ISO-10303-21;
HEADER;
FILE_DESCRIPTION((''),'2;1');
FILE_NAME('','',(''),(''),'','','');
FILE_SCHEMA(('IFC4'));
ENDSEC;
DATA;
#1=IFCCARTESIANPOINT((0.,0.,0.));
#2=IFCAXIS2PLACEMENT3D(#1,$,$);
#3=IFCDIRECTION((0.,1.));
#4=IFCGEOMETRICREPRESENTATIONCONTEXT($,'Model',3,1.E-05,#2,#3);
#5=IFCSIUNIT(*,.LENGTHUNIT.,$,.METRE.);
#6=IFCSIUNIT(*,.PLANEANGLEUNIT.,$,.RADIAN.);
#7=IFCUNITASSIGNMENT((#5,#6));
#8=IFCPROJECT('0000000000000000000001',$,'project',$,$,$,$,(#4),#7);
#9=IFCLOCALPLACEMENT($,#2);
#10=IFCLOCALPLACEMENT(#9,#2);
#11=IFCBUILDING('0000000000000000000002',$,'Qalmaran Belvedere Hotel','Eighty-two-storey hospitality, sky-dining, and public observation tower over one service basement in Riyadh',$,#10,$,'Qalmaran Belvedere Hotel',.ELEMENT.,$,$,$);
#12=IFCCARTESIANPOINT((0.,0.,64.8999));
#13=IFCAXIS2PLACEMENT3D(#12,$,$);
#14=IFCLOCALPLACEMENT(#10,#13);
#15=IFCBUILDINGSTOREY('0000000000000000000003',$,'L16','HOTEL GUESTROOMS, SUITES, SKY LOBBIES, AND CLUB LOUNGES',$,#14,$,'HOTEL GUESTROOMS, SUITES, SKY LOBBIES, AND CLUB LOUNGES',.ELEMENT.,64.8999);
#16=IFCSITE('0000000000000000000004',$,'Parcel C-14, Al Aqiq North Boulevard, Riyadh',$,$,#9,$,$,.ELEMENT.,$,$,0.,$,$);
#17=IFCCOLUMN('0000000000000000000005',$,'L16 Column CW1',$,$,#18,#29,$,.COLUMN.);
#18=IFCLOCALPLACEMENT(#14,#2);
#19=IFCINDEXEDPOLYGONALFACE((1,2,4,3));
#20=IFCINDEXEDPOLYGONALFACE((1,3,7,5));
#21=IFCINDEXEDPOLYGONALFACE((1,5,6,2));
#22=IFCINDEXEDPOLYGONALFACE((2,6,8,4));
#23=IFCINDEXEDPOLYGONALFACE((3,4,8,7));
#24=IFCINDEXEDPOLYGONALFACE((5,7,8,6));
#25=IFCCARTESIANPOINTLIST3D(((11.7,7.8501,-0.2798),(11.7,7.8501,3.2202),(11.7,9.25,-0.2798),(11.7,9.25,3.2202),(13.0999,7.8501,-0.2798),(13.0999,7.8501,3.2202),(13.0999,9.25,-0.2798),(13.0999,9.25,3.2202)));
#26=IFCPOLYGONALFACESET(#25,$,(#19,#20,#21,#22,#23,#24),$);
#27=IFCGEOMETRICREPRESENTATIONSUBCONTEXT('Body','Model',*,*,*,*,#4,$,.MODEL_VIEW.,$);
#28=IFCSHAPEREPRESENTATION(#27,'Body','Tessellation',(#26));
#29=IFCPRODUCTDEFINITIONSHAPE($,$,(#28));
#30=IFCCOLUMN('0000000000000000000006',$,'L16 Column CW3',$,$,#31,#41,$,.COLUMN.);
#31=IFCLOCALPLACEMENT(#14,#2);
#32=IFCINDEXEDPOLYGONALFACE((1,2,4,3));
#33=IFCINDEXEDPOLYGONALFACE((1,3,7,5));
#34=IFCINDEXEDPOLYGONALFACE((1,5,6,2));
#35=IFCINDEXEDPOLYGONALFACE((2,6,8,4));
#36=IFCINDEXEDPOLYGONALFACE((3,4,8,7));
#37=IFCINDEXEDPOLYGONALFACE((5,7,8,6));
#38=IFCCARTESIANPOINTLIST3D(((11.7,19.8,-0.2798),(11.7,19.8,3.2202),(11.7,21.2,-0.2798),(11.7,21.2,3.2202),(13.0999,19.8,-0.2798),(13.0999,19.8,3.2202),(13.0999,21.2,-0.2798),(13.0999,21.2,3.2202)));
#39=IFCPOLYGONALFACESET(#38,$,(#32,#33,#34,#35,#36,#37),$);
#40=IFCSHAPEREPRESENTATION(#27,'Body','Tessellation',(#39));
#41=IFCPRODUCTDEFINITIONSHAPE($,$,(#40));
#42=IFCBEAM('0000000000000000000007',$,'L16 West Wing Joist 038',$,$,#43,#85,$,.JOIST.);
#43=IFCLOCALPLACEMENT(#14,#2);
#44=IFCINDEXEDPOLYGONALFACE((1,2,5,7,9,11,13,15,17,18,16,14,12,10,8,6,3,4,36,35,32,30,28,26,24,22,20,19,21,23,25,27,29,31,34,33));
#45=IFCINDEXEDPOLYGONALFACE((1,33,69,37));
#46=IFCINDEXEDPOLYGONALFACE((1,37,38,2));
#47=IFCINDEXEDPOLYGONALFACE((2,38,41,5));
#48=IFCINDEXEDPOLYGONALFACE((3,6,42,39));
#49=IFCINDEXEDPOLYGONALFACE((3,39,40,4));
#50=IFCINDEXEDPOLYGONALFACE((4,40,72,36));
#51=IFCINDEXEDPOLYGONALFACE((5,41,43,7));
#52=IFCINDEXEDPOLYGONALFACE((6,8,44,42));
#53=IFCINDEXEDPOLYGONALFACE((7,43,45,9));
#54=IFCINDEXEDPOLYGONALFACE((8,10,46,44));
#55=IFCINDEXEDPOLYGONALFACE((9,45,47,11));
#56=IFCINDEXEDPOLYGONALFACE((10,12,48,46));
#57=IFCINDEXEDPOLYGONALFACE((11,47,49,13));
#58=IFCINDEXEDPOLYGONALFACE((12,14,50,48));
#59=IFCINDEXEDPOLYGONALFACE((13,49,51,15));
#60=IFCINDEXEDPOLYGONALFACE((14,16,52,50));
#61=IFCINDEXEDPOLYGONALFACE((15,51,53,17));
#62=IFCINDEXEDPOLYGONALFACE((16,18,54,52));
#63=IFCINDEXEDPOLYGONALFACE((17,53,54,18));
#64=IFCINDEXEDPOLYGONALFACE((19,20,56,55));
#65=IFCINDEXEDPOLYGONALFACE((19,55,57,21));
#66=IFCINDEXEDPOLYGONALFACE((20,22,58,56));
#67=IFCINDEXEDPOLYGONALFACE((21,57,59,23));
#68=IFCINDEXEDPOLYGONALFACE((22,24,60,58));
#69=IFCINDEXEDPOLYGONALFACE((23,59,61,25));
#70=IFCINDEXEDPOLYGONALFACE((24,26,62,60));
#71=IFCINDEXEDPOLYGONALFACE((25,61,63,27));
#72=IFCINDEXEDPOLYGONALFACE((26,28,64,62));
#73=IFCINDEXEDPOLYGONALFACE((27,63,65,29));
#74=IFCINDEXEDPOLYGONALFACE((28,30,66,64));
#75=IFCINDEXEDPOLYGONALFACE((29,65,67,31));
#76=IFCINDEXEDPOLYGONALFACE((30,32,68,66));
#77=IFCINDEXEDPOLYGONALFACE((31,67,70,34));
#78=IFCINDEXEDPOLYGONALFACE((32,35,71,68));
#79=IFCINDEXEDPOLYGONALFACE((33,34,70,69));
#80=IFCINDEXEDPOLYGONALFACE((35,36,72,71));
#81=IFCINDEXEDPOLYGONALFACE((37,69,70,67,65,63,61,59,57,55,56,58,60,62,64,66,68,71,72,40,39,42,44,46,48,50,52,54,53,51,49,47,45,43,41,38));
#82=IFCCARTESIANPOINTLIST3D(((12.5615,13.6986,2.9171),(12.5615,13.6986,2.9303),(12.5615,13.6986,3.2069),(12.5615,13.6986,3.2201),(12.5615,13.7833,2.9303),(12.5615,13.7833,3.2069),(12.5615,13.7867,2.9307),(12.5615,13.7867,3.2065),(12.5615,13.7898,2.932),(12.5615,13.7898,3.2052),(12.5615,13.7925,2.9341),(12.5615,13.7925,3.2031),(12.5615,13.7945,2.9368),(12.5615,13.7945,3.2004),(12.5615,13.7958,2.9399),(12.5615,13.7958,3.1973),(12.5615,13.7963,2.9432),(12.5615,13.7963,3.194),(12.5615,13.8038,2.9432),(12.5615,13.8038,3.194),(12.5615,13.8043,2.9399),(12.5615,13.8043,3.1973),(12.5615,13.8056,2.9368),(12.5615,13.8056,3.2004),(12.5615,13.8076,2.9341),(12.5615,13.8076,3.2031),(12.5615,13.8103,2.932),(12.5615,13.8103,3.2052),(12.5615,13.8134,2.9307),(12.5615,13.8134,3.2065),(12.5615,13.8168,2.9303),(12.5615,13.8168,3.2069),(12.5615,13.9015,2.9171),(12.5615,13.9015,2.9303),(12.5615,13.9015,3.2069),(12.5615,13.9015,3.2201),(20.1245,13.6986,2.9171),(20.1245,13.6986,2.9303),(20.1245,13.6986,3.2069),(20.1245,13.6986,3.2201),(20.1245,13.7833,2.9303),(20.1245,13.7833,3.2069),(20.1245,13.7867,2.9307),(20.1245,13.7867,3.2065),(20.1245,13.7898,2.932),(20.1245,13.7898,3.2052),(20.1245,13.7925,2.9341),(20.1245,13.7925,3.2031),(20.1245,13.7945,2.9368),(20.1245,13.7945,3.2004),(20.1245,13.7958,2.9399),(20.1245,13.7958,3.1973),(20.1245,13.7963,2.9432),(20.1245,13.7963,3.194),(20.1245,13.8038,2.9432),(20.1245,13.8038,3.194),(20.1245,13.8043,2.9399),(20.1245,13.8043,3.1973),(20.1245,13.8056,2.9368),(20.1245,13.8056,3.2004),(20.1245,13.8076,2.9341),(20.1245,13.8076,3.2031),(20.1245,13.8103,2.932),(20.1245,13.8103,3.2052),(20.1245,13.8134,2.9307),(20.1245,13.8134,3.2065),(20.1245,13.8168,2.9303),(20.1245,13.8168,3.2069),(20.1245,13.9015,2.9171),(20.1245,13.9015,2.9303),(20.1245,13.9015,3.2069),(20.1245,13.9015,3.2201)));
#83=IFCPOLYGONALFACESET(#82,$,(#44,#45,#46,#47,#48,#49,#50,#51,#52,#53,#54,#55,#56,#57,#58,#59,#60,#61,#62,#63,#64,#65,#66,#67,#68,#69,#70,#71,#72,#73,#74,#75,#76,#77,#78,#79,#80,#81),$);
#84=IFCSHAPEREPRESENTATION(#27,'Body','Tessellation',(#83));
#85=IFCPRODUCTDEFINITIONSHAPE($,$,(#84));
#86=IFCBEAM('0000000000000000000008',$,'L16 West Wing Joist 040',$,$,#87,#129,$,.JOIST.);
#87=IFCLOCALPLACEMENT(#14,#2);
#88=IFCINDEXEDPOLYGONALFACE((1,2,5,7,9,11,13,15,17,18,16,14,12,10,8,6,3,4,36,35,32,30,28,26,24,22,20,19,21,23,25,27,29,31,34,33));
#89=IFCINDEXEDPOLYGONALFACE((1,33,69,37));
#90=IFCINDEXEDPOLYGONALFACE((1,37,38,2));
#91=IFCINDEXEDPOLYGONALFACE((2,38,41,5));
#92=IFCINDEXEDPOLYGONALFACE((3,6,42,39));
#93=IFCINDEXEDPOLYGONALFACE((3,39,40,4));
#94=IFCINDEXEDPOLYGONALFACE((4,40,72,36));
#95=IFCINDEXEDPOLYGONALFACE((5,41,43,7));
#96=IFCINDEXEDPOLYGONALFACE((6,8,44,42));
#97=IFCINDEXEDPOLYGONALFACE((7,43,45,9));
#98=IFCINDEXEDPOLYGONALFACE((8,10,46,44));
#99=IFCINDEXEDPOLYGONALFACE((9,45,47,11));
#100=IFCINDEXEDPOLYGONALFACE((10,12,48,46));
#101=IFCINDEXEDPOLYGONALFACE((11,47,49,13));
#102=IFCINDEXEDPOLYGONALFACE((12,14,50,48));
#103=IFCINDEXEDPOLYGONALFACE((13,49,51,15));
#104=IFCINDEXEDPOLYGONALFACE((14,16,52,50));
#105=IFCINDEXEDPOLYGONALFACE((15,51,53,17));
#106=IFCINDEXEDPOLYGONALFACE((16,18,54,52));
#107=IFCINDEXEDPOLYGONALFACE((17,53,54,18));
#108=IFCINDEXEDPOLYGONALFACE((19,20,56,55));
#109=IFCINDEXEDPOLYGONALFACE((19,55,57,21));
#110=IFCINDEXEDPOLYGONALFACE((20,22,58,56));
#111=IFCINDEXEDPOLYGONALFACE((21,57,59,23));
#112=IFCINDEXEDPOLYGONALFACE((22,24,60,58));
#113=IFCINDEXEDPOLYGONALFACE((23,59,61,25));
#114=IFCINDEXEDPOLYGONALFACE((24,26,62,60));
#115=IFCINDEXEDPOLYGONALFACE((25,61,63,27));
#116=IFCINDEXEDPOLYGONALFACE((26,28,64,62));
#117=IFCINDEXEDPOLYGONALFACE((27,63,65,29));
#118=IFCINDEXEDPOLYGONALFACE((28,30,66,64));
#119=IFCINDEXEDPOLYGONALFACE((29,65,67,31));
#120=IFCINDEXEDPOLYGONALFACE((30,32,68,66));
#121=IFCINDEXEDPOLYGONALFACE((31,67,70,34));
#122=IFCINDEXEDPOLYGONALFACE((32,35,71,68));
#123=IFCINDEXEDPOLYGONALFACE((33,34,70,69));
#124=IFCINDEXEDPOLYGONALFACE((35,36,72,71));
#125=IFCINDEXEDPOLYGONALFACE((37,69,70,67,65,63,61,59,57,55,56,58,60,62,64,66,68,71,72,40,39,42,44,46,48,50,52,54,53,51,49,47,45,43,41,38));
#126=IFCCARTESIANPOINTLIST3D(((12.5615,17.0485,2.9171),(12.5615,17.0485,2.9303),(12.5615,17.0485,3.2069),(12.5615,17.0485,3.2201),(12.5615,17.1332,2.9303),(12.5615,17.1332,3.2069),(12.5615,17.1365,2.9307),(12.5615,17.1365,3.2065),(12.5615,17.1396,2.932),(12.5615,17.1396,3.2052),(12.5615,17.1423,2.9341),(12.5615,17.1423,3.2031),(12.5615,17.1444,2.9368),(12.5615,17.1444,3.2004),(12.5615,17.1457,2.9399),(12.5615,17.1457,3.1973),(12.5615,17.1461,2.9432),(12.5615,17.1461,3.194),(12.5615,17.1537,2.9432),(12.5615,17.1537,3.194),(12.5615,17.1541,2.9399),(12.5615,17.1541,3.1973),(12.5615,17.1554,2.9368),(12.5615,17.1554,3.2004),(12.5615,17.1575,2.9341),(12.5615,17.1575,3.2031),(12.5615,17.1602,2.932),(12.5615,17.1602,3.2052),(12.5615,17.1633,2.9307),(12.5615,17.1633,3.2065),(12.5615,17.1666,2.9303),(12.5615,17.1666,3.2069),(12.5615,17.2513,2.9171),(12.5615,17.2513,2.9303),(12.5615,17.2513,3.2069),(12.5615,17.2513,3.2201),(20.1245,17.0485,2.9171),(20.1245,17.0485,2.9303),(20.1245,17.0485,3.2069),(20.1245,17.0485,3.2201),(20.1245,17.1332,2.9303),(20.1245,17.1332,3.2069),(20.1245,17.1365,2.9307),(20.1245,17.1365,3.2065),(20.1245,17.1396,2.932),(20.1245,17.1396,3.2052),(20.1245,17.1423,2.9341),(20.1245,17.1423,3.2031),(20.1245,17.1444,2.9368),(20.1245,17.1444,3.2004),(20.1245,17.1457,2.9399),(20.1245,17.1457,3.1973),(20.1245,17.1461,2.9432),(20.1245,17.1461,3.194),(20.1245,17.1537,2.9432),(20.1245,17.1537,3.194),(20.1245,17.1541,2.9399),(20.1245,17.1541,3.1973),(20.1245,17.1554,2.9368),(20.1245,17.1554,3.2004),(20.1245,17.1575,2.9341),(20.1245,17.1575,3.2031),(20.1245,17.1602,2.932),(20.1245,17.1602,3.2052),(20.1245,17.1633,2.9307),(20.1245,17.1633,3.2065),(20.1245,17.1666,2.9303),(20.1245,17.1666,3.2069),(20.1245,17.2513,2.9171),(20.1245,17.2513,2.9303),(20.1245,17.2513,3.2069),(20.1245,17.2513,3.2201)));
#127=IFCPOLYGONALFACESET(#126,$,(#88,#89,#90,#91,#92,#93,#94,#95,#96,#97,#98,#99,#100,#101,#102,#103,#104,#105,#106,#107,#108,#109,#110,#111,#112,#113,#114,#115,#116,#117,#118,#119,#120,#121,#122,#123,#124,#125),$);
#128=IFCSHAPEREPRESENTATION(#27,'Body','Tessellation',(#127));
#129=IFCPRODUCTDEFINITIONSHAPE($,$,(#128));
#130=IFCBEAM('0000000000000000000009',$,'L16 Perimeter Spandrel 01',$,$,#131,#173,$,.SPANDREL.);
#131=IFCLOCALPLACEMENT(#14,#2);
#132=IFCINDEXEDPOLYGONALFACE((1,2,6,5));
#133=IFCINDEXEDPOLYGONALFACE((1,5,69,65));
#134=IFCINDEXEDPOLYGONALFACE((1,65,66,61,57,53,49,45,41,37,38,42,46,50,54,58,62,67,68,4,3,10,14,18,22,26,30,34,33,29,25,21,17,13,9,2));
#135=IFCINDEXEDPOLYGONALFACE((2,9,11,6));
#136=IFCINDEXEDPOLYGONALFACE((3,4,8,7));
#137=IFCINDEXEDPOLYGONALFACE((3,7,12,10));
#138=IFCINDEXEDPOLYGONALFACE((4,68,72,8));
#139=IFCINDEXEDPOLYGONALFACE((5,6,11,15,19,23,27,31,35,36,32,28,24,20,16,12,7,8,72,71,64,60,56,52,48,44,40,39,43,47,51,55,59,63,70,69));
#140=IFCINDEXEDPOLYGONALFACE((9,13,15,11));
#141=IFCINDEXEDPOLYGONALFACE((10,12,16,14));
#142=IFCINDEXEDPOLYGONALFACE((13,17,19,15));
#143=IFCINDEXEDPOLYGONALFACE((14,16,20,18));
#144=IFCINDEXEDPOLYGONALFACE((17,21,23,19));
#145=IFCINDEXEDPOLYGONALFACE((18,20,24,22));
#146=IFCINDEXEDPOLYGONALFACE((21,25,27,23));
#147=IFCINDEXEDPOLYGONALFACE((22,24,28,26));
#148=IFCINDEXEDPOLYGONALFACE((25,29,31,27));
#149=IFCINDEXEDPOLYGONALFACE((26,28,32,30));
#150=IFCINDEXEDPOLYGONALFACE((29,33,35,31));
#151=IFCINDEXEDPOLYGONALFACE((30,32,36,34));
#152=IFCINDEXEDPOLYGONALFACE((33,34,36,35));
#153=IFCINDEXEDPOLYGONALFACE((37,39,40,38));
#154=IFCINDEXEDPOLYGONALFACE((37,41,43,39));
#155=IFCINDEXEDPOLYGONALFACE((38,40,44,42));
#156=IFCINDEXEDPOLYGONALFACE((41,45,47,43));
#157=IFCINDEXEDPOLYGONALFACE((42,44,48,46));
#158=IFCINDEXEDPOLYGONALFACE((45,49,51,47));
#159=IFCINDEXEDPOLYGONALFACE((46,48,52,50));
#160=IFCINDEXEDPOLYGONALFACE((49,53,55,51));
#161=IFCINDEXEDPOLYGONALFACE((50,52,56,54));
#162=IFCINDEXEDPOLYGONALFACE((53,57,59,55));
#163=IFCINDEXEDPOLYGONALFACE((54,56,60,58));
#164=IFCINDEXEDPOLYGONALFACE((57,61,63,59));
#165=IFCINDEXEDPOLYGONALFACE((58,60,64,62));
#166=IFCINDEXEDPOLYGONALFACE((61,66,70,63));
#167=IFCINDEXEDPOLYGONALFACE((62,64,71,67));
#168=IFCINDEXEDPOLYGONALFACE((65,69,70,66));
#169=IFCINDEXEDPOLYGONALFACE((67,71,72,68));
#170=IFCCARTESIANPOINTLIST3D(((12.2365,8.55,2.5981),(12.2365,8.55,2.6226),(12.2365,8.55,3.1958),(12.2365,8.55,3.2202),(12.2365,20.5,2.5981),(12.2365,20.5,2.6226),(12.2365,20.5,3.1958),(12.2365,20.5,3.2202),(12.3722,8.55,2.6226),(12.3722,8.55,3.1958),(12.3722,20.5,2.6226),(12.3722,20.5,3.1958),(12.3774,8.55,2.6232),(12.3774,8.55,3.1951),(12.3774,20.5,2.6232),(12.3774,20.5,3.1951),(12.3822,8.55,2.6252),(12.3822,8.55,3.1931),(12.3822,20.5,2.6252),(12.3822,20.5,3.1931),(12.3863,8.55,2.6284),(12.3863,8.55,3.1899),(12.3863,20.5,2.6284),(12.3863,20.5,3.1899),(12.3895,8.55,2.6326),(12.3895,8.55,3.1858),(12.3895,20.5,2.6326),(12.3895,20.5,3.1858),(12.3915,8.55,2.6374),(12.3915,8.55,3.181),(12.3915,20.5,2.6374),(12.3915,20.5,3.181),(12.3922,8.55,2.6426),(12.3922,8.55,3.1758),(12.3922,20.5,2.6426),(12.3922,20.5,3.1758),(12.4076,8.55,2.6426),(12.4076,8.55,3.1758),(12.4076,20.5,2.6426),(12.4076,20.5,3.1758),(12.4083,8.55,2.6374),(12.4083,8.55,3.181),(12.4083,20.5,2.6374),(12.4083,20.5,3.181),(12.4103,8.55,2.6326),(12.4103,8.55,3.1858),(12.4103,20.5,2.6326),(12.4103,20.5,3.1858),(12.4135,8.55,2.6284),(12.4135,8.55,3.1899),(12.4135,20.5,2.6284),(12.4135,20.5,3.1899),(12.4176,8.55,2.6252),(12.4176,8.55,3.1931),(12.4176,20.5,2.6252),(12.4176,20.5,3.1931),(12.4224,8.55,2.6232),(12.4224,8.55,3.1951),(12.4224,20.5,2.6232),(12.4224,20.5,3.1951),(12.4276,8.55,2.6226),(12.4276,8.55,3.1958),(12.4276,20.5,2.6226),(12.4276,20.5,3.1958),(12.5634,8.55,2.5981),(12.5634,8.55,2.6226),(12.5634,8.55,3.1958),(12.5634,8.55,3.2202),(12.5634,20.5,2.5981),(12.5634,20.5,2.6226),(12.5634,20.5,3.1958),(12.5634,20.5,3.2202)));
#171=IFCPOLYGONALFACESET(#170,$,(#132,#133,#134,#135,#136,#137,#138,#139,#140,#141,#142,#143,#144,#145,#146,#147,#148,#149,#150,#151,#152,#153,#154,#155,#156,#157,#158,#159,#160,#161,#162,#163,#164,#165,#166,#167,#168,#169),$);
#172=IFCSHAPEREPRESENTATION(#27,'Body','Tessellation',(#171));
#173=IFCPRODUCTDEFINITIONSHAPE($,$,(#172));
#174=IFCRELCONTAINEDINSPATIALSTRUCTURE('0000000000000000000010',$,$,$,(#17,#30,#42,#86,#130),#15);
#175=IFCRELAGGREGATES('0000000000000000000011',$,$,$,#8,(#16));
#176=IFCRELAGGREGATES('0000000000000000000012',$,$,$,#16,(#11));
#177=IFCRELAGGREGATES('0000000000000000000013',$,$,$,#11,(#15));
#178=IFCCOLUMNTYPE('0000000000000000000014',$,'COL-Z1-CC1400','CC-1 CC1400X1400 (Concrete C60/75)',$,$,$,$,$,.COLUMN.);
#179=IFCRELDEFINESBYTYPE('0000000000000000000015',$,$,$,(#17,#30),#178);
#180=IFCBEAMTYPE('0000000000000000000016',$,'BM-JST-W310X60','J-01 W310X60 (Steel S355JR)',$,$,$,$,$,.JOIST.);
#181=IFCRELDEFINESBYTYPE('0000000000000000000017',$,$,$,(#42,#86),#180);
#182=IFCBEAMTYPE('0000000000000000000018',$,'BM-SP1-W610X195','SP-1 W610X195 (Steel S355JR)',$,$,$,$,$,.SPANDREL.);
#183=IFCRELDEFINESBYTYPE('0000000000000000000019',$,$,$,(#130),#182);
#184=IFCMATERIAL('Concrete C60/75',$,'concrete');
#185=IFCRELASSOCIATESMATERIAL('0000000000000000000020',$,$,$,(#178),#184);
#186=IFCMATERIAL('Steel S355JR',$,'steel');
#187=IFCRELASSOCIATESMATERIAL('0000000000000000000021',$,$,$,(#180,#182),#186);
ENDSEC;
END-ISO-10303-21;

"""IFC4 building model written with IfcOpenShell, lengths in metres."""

from ifc_helpers import new_model, si_unit, direction, frame, origin, origin_2d, place, context, subcontext, project, spatial, rectangle, i_section, extrude, material, material_profile, profile_set, type_object, element, save


model = new_model("IFC4")

# Units and contexts
model_context = context("Model", 3, precision=1e-05, world=origin(), true_north=direction((0.0, 1.0)))
body_context = subcontext(model_context, "Body", "Model", "MODEL_VIEW")
ifc_project = project(units=[si_unit("LENGTHUNIT", "METRE"), si_unit("PLANEANGLEUNIT", "RADIAN")], contexts=[model_context])

# Site, building, storey
site_placement = place(None, origin())
site = spatial("IfcSite", under=ifc_project, at=site_placement, Name="Parcel C-14, Al Aqiq North Boulevard, Riyadh", CompositionType="ELEMENT", RefElevation=0.0)
building_placement = place(site_placement, origin())
building = spatial("IfcBuilding", under=site, at=building_placement, Name="Qalmaran Belvedere Hotel", Description="Eighty-two-storey hospitality, sky-dining, and public observation tower over one service basement in Riyadh", LongName="Qalmaran Belvedere Hotel", CompositionType="ELEMENT")
storey_placement = place(building_placement, frame((0.0, 0.0, 64.8999)))
storey = spatial("IfcBuildingStorey", under=building, at=storey_placement, Name="L16", Description="HOTEL GUESTROOMS, SUITES, SKY LOBBIES, AND CLUB LOUNGES", LongName="HOTEL GUESTROOMS, SUITES, SKY LOBBIES, AND CLUB LOUNGES", CompositionType="ELEMENT", Elevation=64.8999)

# Columns
ifc_material_1 = material(Name="Concrete C60/75", Category="concrete")
ifc_material_profile_1 = material_profile(ifc_material_1, rectangle(XDim=1.3999, YDim=1.3999, at=origin_2d()), Name="CC1400X1400")
ifc_profile_set_1 = profile_set([ifc_material_profile_1], Name="Concrete C60/75")
column_type = type_object("IfcColumnType", Name="COL-Z1-CC1400", Description="CC-1 CC1400X1400 (Concrete C60/75)", PredefinedType="COLUMN", material=ifc_profile_set_1)
for number, where, z_axis, x_axis, name in (
    (1, (12.3999, 8.55, -0.2798), (0.0, 0.0, 1.0), (1.0, 0.0, 0.0), "L16 Column CW1"),
    (2, (12.3999, 20.5, -0.2798), (0.0, 0.0, 1.0), (1.0, 0.0, 0.0), "L16 Column CW3"),
):
    element("IfcColumn", number, at=place(storey_placement, frame(where, z_axis=z_axis, x_axis=x_axis)), inside=storey, type_object=column_type, Name=name, PredefinedType="COLUMN", context=body_context, shape_type="SweptSolid", body=[
        extrude(rectangle(XDim=1.3999, YDim=1.3999, at=origin_2d()), origin(), (0.0, 0.0, 1.0), 3.5),
    ])

# Beams
ifc_material_2 = material(Name="Steel S355JR", Category="steel")
ifc_material_profile_2 = material_profile(ifc_material_2, i_section(OverallWidth=0.2029, OverallDepth=0.303, WebThickness=0.0076, FlangeThickness=0.0132, FilletRadius=0.0129, at=origin_2d()), Name="W310X60")
ifc_profile_set_2 = profile_set([ifc_material_profile_2], Name="Steel S355JR")
beam_type_1 = type_object("IfcBeamType", Name="BM-JST-W310X60", Description="J-01 W310X60 (Steel S355JR)", PredefinedType="JOIST", material=ifc_profile_set_2)
for number, where, z_axis, x_axis, name in (
    (3, (12.5615, 13.8, 3.0686), (1.0, 0.0, 0.0), (0.0, 1.0, 0.0), "L16 West Wing Joist 038"),
    (4, (12.5615, 17.1499, 3.0686), (1.0, 0.0, 0.0), (0.0, 1.0, 0.0), "L16 West Wing Joist 040"),
):
    element("IfcBeam", number, at=place(storey_placement, frame(where, z_axis=z_axis, x_axis=x_axis)), inside=storey, type_object=beam_type_1, Name=name, PredefinedType="JOIST", context=body_context, shape_type="SweptSolid", body=[
        extrude(i_section(OverallWidth=0.2029, OverallDepth=0.303, WebThickness=0.0076, FlangeThickness=0.0132, FilletRadius=0.0129, at=origin_2d()), origin(), (0.0, 0.0, 1.0), 7.563),
    ])
ifc_material_profile_3 = material_profile(ifc_material_2, i_section(OverallWidth=0.3269, OverallDepth=0.6221, WebThickness=0.0154, FlangeThickness=0.0244, FilletRadius=0.02, at=origin_2d()), Name="W610X195")
ifc_profile_set_3 = profile_set([ifc_material_profile_3], Name="Steel S355JR")
beam_type_2 = type_object("IfcBeamType", Name="BM-SP1-W610X195", Description="SP-1 W610X195 (Steel S355JR)", PredefinedType="SPANDREL", material=ifc_profile_set_3)
beam_1_placement = place(storey_placement, frame((12.3999, 8.55, 2.9092), z_axis=(0.0, 1.0, 0.0), x_axis=(-1.0, 0.0, 0.0)))
element("IfcBeam", 5, at=beam_1_placement, inside=storey, type_object=beam_type_2, Name="L16 Perimeter Spandrel 01", PredefinedType="SPANDREL", context=body_context, shape_type="SweptSolid", body=[
    extrude(i_section(OverallWidth=0.3269, OverallDepth=0.6221, WebThickness=0.0154, FlangeThickness=0.0244, FilletRadius=0.02, at=origin_2d()), origin(), (0.0, 0.0, 1.0), 11.95),
])

save(model, "model.ifc")
